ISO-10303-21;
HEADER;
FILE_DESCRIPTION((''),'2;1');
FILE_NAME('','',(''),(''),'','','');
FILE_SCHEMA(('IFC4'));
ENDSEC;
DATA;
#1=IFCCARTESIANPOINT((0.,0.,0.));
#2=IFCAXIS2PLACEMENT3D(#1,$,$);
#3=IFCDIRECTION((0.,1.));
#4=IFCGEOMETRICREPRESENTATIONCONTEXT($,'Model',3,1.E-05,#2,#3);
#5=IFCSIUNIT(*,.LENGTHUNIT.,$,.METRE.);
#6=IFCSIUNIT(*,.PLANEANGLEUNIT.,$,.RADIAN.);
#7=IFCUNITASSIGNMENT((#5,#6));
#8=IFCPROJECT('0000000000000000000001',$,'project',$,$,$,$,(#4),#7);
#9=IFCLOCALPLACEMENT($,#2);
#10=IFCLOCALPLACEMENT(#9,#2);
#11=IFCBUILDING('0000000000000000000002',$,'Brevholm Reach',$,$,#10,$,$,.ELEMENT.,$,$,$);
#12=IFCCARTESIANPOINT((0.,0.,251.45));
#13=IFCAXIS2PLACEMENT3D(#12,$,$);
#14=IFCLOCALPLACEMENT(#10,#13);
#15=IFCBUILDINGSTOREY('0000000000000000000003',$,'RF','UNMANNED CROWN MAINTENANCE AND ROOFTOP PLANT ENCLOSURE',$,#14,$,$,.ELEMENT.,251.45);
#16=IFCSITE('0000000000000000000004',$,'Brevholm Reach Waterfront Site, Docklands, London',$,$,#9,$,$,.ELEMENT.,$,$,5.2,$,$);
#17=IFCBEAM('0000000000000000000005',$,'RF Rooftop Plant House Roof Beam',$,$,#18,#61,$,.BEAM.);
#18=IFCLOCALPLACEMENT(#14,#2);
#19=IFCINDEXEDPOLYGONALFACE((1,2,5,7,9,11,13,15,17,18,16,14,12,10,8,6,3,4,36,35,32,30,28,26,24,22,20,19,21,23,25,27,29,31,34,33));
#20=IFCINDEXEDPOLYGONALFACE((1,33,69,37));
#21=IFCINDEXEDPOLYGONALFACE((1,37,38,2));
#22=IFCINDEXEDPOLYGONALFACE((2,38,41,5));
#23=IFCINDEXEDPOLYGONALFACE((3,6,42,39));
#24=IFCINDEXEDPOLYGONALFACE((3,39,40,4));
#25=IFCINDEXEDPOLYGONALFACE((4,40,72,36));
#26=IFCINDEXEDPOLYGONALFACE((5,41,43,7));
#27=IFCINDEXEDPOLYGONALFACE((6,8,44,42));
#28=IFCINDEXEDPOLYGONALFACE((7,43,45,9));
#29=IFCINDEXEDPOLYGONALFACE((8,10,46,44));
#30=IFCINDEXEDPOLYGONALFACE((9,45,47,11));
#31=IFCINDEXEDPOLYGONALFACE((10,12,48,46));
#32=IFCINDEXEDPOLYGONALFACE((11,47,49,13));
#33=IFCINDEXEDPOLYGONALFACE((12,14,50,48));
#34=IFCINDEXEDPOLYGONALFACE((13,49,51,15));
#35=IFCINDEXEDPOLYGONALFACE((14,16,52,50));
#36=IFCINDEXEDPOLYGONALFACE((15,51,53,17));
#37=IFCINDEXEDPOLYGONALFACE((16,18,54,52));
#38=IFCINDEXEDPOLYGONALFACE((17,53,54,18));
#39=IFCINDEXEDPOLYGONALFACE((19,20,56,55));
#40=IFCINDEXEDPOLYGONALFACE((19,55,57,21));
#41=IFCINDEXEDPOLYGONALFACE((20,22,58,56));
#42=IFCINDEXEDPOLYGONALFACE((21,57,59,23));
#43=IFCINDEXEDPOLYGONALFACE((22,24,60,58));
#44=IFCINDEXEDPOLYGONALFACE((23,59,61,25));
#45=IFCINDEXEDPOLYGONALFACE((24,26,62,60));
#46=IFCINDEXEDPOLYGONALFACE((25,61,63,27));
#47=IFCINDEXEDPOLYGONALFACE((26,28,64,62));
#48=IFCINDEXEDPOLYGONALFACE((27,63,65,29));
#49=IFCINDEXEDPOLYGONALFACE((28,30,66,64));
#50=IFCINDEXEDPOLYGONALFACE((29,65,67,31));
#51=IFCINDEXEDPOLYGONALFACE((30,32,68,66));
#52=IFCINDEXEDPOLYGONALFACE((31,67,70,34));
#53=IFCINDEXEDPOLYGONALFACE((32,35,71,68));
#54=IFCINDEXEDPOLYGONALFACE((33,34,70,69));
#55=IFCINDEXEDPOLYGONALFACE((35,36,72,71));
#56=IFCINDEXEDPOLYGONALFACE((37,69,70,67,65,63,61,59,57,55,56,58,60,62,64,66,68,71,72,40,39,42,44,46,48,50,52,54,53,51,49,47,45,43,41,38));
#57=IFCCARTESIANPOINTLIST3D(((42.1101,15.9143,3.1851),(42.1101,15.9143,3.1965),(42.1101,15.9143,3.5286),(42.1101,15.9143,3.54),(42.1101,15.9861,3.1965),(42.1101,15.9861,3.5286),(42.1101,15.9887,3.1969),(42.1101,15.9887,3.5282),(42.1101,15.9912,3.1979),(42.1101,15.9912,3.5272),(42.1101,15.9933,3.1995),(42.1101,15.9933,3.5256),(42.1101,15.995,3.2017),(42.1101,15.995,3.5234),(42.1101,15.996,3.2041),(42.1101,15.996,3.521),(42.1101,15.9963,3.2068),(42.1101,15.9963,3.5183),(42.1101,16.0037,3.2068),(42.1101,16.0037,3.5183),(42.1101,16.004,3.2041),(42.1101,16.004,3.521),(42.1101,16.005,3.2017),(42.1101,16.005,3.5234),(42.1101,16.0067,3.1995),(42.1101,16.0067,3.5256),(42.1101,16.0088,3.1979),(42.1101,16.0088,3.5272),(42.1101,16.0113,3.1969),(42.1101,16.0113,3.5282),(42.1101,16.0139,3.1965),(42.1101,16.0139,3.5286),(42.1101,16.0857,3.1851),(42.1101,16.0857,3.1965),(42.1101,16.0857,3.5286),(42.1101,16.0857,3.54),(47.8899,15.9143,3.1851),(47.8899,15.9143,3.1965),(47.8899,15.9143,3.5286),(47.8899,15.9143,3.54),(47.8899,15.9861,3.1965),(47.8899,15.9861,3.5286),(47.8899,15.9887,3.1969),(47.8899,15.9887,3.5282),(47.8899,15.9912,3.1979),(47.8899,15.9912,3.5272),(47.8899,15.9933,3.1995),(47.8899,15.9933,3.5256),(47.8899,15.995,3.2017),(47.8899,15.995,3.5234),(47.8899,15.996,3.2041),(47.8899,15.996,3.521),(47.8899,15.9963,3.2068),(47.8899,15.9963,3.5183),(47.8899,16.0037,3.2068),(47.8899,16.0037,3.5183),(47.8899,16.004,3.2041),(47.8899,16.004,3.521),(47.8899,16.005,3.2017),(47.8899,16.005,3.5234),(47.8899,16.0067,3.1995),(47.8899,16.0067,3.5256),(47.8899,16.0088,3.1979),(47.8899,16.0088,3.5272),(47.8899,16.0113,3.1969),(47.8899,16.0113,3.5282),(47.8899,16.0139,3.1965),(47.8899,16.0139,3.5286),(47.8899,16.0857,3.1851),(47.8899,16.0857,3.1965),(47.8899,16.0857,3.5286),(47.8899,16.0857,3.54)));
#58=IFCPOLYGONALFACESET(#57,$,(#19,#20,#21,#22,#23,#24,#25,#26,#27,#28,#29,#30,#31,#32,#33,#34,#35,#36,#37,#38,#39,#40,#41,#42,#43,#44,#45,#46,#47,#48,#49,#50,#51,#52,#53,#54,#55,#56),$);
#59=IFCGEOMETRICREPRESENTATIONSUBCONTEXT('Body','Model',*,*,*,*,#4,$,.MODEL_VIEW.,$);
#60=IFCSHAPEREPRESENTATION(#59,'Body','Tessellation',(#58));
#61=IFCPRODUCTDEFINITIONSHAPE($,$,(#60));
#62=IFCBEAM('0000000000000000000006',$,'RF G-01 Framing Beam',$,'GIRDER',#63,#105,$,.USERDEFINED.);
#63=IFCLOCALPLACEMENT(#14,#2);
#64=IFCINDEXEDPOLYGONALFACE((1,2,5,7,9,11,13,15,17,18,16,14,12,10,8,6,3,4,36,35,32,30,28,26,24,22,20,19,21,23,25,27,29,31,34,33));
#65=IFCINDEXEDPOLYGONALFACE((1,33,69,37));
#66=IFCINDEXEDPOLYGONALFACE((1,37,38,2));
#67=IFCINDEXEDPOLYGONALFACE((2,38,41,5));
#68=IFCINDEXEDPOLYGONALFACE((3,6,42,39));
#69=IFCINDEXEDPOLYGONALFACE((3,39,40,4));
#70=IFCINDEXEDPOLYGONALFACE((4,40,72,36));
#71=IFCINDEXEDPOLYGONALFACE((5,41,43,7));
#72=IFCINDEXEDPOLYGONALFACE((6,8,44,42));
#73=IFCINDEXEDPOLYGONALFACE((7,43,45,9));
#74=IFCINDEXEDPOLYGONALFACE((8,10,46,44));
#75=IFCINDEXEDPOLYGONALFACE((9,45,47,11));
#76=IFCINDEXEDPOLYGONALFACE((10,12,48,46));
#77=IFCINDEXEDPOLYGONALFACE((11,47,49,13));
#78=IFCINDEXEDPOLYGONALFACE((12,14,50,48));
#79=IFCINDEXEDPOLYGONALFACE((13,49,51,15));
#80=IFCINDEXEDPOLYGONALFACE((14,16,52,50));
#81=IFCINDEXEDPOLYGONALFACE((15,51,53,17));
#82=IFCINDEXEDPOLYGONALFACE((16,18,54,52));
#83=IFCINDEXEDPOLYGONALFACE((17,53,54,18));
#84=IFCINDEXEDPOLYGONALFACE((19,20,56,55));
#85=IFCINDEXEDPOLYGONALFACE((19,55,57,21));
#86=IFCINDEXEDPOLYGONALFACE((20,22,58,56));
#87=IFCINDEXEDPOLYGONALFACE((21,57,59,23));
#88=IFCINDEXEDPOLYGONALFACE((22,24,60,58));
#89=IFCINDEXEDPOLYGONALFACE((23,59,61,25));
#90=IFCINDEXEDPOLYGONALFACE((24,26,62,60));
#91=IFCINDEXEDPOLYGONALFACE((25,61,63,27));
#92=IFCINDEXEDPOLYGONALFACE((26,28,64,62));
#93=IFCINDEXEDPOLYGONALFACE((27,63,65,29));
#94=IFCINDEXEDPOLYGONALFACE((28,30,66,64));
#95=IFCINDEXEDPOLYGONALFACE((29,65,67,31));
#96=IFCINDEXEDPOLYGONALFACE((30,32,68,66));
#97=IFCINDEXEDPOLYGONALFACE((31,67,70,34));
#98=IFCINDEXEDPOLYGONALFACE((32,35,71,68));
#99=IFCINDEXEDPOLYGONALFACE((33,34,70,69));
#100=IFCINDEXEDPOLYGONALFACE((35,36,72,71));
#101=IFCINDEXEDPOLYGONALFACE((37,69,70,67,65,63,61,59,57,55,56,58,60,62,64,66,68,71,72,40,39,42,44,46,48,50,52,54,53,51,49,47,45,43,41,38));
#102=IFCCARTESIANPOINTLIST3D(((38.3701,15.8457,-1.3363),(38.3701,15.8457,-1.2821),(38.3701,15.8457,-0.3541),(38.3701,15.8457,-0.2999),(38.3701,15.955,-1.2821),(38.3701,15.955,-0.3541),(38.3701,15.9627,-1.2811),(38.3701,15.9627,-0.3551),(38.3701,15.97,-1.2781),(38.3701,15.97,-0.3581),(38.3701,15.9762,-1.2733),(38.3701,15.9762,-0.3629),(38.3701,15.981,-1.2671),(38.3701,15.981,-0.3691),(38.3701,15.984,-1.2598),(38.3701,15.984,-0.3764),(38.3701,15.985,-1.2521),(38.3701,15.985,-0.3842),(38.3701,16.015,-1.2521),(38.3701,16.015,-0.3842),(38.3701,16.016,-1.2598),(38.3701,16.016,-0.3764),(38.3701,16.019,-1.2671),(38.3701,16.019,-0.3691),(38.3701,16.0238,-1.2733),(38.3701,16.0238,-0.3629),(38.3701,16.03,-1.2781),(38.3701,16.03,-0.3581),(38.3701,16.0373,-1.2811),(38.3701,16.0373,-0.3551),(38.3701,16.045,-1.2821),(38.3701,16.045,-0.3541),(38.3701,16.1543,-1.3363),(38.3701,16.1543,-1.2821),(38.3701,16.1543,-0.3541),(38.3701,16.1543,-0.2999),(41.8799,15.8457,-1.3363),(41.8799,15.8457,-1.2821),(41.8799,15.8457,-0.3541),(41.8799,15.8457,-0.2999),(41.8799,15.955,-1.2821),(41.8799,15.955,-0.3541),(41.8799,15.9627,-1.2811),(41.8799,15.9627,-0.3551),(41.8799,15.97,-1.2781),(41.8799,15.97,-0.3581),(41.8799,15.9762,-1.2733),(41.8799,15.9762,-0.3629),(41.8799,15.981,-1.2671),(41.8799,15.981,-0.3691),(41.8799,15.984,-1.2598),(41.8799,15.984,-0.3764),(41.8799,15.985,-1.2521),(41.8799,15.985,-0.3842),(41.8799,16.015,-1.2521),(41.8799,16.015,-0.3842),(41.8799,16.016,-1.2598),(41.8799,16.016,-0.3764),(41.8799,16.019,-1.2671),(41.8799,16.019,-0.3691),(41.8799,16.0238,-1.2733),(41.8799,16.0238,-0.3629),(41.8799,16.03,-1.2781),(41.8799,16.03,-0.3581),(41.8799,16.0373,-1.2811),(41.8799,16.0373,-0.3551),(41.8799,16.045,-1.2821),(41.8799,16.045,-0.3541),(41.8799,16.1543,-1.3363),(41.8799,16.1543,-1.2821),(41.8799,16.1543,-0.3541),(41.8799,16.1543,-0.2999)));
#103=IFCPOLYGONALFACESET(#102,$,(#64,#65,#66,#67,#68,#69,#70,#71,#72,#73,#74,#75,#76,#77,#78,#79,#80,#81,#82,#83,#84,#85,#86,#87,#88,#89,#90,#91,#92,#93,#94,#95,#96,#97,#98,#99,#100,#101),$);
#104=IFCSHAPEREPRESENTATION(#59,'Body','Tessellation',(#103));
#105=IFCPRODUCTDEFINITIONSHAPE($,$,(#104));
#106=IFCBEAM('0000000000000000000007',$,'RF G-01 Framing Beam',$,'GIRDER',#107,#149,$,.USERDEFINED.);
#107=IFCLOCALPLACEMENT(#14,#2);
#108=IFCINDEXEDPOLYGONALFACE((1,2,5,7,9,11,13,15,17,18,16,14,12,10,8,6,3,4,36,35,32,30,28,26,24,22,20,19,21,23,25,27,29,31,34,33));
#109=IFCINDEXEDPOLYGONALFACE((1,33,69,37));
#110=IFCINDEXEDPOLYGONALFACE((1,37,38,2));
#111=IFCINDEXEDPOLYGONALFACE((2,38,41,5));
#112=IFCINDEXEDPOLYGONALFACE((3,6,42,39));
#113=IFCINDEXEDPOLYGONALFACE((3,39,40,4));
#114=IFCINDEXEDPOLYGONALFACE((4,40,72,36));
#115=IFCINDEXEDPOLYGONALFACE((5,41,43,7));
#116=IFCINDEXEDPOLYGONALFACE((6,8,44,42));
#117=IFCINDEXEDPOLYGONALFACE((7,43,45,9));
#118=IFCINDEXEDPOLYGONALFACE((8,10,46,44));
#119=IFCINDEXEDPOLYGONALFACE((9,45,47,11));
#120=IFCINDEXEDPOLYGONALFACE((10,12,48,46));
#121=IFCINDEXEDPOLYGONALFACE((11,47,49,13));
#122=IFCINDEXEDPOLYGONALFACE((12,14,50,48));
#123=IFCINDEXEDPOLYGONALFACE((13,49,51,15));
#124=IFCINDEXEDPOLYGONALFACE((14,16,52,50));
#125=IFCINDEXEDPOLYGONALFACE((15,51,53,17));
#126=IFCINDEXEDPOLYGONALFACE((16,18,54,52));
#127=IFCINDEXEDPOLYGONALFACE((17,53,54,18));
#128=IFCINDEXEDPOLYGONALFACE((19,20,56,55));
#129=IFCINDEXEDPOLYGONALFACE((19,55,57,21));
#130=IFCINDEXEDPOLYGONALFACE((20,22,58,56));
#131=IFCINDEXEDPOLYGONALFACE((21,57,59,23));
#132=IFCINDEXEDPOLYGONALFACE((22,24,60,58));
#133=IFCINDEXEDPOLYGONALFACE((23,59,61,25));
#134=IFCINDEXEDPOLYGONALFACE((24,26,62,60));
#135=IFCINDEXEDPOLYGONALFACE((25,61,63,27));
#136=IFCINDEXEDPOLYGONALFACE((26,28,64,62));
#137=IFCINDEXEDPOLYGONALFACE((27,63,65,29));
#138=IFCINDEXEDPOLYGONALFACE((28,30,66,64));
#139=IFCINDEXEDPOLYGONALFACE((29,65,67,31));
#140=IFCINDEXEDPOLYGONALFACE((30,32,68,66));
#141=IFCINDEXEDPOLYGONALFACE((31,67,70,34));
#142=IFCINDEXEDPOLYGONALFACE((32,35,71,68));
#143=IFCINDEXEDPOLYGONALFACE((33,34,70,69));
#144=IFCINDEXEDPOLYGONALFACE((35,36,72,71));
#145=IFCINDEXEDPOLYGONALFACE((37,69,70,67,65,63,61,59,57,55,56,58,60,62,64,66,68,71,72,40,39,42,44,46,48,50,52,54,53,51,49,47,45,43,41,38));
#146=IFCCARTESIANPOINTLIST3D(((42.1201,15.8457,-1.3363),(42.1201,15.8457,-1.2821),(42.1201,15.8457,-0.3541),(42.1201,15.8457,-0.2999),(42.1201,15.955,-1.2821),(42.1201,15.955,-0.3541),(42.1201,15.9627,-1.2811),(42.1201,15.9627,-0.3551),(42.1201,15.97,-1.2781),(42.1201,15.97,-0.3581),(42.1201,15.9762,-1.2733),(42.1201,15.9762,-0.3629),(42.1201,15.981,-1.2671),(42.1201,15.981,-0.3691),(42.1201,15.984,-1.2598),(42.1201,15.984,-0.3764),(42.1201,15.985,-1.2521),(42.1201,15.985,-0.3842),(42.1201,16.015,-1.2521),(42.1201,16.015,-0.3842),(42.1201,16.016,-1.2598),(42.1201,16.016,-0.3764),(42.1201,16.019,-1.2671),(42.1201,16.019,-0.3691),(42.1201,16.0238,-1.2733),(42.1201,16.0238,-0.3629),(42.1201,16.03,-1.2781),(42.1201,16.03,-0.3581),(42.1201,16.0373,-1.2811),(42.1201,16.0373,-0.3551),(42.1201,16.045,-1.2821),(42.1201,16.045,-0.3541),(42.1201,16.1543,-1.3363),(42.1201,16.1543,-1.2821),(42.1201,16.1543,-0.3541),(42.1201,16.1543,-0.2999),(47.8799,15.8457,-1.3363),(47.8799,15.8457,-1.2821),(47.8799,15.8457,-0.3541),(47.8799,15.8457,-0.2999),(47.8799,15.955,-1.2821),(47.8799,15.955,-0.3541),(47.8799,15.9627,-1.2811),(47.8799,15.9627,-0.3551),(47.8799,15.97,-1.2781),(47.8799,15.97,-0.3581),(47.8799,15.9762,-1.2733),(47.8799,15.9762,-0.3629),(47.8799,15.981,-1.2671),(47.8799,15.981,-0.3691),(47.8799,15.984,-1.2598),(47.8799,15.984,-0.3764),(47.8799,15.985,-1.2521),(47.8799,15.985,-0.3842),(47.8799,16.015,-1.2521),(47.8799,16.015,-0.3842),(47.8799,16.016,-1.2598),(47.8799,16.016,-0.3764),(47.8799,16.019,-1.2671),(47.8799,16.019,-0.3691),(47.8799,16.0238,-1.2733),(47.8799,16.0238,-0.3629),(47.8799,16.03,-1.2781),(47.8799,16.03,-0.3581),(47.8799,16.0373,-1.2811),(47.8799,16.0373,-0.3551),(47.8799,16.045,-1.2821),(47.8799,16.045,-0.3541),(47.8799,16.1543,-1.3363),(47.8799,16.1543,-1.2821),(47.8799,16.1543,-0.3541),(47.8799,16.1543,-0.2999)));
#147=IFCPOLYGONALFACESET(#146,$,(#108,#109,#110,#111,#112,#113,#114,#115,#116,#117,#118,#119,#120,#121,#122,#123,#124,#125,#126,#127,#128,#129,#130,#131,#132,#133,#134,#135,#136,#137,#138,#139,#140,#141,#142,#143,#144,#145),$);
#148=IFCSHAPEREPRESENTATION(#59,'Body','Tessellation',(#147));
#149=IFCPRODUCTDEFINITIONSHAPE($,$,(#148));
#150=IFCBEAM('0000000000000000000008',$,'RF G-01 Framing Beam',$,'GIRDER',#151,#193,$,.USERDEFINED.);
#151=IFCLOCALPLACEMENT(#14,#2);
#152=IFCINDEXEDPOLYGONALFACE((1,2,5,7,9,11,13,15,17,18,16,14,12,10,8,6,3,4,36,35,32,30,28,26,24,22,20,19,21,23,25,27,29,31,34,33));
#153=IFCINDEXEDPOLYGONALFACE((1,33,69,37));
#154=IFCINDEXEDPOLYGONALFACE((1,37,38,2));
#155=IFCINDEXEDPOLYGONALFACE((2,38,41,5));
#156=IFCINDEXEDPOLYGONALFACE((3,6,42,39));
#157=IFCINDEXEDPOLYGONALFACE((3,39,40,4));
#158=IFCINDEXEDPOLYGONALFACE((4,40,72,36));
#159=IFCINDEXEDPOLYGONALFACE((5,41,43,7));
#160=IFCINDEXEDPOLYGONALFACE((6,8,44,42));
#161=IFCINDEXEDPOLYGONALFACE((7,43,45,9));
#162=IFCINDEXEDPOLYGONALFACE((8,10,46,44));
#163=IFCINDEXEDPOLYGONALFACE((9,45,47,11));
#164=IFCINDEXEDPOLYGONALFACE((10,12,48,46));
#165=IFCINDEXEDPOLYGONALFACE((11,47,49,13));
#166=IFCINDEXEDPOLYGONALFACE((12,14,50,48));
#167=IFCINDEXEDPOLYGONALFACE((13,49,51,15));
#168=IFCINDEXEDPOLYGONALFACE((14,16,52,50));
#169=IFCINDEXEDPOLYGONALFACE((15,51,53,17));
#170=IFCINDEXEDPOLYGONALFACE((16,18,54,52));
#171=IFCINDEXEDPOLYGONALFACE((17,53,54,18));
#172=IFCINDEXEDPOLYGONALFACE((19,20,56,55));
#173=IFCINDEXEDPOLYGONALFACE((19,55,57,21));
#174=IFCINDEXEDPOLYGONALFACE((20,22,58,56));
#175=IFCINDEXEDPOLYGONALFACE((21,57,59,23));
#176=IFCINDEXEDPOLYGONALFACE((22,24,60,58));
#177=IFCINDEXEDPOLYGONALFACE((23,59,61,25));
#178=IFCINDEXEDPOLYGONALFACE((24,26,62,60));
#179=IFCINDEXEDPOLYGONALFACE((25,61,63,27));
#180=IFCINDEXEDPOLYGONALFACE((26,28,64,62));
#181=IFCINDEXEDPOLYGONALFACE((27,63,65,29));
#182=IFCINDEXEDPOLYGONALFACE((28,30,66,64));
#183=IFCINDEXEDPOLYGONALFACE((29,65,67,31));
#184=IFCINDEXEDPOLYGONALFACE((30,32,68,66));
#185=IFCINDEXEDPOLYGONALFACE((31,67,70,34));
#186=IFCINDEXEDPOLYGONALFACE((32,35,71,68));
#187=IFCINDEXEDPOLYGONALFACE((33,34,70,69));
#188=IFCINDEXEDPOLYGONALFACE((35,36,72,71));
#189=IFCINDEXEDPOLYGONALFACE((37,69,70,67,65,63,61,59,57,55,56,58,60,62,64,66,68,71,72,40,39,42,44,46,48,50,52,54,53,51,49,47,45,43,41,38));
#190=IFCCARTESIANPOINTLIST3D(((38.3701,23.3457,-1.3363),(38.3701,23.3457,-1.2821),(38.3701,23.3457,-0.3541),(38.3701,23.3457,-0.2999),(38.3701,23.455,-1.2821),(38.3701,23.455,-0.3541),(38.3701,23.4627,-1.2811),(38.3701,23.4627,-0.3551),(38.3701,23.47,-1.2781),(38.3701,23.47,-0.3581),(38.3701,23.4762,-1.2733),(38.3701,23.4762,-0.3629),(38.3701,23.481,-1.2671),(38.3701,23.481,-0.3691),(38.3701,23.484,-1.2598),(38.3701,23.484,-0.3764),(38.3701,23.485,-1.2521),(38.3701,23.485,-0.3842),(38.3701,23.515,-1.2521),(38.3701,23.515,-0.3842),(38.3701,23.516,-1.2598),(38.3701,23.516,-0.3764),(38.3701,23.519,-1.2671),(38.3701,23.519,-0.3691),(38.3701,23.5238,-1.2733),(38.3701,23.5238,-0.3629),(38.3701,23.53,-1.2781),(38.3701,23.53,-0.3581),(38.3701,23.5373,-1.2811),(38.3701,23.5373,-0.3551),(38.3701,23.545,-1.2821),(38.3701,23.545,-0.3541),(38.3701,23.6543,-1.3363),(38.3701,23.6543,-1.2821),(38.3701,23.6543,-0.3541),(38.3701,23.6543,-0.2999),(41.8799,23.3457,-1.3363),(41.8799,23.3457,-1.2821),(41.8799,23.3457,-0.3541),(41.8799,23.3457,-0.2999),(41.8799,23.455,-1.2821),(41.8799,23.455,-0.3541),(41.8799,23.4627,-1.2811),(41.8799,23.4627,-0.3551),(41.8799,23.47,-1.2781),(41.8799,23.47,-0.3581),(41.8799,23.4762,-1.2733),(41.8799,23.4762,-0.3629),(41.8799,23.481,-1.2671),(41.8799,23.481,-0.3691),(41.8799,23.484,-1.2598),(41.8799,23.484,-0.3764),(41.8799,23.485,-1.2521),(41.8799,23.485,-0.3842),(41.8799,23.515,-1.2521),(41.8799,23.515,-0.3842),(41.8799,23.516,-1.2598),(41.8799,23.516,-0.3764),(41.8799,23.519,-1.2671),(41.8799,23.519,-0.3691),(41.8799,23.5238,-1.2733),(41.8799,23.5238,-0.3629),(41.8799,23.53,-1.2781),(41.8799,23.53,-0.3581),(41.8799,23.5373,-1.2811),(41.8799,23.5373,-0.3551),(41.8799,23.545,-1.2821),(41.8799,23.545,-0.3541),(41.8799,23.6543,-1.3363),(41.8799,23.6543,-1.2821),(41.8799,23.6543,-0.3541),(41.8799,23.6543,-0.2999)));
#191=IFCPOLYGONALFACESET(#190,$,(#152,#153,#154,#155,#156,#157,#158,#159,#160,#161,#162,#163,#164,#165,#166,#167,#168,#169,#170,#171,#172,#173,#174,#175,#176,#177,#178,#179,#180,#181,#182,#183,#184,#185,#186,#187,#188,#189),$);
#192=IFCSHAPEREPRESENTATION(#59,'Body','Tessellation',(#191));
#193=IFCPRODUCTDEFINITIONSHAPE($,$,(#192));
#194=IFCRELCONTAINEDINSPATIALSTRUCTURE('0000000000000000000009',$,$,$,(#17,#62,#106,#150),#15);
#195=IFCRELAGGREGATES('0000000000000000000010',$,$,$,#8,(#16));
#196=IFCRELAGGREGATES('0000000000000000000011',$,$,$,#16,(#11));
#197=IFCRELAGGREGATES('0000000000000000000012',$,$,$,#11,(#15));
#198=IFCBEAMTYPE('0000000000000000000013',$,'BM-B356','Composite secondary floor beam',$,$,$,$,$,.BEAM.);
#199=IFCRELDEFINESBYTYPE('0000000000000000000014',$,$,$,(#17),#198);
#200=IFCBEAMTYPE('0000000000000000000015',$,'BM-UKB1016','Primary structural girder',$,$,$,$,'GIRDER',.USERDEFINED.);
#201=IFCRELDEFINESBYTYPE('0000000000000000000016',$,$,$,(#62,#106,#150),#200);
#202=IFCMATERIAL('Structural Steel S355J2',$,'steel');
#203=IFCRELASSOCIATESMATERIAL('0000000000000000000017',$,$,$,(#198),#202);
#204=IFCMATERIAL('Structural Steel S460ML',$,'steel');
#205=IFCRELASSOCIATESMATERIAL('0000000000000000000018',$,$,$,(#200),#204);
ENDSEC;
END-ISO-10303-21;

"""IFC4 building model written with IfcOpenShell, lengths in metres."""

from ifc_helpers import new_model, si_unit, direction, frame, origin, origin_2d, place, context, subcontext, project, spatial, i_section, extrude, material, material_profile, profile_set, type_object, element, save


model = new_model("IFC4")

# Units and contexts
model_context = context("Model", 3, precision=1e-05, world=origin(), true_north=direction((0.0, 1.0)))
body_context = subcontext(model_context, "Body", "Model", "MODEL_VIEW")
ifc_project = project(units=[si_unit("LENGTHUNIT", "METRE"), si_unit("PLANEANGLEUNIT", "RADIAN")], contexts=[model_context])

# Site, building, storey
site_placement = place(None, origin())
site = spatial("IfcSite", under=ifc_project, at=site_placement, Name="Brevholm Reach Waterfront Site, Docklands, London", CompositionType="ELEMENT", RefElevation=5.2)
building_placement = place(site_placement, origin())
building = spatial("IfcBuilding", under=site, at=building_placement, Name="Brevholm Reach", CompositionType="ELEMENT")
storey_placement = place(building_placement, frame((0.0, 0.0, 251.45)))
storey = spatial("IfcBuildingStorey", under=building, at=storey_placement, Name="RF", Description="UNMANNED CROWN MAINTENANCE AND ROOFTOP PLANT ENCLOSURE", CompositionType="ELEMENT", Elevation=251.45)

# Beams
ifc_material_1 = material(Name="Structural Steel S355J2", Category="steel")
ifc_material_profile_1 = material_profile(ifc_material_1, i_section(OverallWidth=0.1714, OverallDepth=0.355, WebThickness=0.0073, FlangeThickness=0.0115, FilletRadius=0.0103, at=origin_2d()), Name="UKB 356x171x51")
ifc_profile_set_1 = profile_set([ifc_material_profile_1], Name="Structural Steel S355J2")
beam_type_1 = type_object("IfcBeamType", Name="BM-B356", Description="Composite secondary floor beam", PredefinedType="BEAM", material=ifc_profile_set_1)
beam_1_placement = place(storey_placement, frame((42.1101, 16.0, 3.3625), z_axis=(1.0, 0.0, 0.0), x_axis=(0.0, 1.0, 0.0)))
element("IfcBeam", 1, at=beam_1_placement, inside=storey, type_object=beam_type_1, Name="RF Rooftop Plant House Roof Beam", PredefinedType="BEAM", context=body_context, shape_type="SweptSolid", body=[
    extrude(i_section(OverallWidth=0.1714, OverallDepth=0.355, WebThickness=0.0073, FlangeThickness=0.0115, FilletRadius=0.0103, at=origin_2d()), origin(), (0.0, 0.0, 1.0), 5.7798),
])
ifc_material_2 = material(Name="Structural Steel S460ML", Category="steel")
ifc_material_profile_2 = material_profile(ifc_material_2, i_section(OverallWidth=0.3086, OverallDepth=1.0364, WebThickness=0.03, FlangeThickness=0.0542, FilletRadius=0.03, at=origin_2d()), Name="UKB 1016x305x487")
ifc_profile_set_2 = profile_set([ifc_material_profile_2], Name="Structural Steel S460ML")
beam_type_2 = type_object("IfcBeamType", Name="BM-UKB1016", Description="Primary structural girder", ElementType="GIRDER", PredefinedType="USERDEFINED", material=ifc_profile_set_2)
beam_2_placement = place(storey_placement, frame((38.3701, 16.0, -0.8181), z_axis=(1.0, 0.0, 0.0), x_axis=(0.0, 1.0, 0.0)))
element("IfcBeam", 2, at=beam_2_placement, inside=storey, type_object=beam_type_2, Name="RF G-01 Framing Beam", ObjectType="GIRDER", PredefinedType="USERDEFINED", context=body_context, shape_type="SweptSolid", body=[
    extrude(i_section(OverallWidth=0.3086, OverallDepth=1.0364, WebThickness=0.03, FlangeThickness=0.0542, FilletRadius=0.03, at=origin_2d()), origin(), (0.0, 0.0, 1.0), 3.5098),
])
beam_3_placement = place(storey_placement, frame((42.1201, 16.0, -0.8181), z_axis=(1.0, 0.0, 0.0), x_axis=(0.0, 1.0, 0.0)))
element("IfcBeam", 3, at=beam_3_placement, inside=storey, type_object=beam_type_2, Name="RF G-01 Framing Beam", ObjectType="GIRDER", PredefinedType="USERDEFINED", context=body_context, shape_type="SweptSolid", body=[
    extrude(i_section(OverallWidth=0.3086, OverallDepth=1.0364, WebThickness=0.03, FlangeThickness=0.0542, FilletRadius=0.03, at=origin_2d()), origin(), (0.0, 0.0, 1.0), 5.7598),
])
for number, where, z_axis, x_axis, name in (
    (4, (38.3701, 23.5, -0.8181), (1.0, 0.0, 0.0), (0.0, 1.0, 0.0), "RF G-01 Framing Beam"),
):
    element("IfcBeam", number, at=place(storey_placement, frame(where, z_axis=z_axis, x_axis=x_axis)), inside=storey, type_object=beam_type_2, Name=name, ObjectType="GIRDER", PredefinedType="USERDEFINED", context=body_context, shape_type="SweptSolid", body=[
        extrude(i_section(OverallWidth=0.3086, OverallDepth=1.0364, WebThickness=0.03, FlangeThickness=0.0542, FilletRadius=0.03, at=origin_2d()), origin(), (0.0, 0.0, 1.0), 3.5098),
    ])

save(model, "model.ifc")
